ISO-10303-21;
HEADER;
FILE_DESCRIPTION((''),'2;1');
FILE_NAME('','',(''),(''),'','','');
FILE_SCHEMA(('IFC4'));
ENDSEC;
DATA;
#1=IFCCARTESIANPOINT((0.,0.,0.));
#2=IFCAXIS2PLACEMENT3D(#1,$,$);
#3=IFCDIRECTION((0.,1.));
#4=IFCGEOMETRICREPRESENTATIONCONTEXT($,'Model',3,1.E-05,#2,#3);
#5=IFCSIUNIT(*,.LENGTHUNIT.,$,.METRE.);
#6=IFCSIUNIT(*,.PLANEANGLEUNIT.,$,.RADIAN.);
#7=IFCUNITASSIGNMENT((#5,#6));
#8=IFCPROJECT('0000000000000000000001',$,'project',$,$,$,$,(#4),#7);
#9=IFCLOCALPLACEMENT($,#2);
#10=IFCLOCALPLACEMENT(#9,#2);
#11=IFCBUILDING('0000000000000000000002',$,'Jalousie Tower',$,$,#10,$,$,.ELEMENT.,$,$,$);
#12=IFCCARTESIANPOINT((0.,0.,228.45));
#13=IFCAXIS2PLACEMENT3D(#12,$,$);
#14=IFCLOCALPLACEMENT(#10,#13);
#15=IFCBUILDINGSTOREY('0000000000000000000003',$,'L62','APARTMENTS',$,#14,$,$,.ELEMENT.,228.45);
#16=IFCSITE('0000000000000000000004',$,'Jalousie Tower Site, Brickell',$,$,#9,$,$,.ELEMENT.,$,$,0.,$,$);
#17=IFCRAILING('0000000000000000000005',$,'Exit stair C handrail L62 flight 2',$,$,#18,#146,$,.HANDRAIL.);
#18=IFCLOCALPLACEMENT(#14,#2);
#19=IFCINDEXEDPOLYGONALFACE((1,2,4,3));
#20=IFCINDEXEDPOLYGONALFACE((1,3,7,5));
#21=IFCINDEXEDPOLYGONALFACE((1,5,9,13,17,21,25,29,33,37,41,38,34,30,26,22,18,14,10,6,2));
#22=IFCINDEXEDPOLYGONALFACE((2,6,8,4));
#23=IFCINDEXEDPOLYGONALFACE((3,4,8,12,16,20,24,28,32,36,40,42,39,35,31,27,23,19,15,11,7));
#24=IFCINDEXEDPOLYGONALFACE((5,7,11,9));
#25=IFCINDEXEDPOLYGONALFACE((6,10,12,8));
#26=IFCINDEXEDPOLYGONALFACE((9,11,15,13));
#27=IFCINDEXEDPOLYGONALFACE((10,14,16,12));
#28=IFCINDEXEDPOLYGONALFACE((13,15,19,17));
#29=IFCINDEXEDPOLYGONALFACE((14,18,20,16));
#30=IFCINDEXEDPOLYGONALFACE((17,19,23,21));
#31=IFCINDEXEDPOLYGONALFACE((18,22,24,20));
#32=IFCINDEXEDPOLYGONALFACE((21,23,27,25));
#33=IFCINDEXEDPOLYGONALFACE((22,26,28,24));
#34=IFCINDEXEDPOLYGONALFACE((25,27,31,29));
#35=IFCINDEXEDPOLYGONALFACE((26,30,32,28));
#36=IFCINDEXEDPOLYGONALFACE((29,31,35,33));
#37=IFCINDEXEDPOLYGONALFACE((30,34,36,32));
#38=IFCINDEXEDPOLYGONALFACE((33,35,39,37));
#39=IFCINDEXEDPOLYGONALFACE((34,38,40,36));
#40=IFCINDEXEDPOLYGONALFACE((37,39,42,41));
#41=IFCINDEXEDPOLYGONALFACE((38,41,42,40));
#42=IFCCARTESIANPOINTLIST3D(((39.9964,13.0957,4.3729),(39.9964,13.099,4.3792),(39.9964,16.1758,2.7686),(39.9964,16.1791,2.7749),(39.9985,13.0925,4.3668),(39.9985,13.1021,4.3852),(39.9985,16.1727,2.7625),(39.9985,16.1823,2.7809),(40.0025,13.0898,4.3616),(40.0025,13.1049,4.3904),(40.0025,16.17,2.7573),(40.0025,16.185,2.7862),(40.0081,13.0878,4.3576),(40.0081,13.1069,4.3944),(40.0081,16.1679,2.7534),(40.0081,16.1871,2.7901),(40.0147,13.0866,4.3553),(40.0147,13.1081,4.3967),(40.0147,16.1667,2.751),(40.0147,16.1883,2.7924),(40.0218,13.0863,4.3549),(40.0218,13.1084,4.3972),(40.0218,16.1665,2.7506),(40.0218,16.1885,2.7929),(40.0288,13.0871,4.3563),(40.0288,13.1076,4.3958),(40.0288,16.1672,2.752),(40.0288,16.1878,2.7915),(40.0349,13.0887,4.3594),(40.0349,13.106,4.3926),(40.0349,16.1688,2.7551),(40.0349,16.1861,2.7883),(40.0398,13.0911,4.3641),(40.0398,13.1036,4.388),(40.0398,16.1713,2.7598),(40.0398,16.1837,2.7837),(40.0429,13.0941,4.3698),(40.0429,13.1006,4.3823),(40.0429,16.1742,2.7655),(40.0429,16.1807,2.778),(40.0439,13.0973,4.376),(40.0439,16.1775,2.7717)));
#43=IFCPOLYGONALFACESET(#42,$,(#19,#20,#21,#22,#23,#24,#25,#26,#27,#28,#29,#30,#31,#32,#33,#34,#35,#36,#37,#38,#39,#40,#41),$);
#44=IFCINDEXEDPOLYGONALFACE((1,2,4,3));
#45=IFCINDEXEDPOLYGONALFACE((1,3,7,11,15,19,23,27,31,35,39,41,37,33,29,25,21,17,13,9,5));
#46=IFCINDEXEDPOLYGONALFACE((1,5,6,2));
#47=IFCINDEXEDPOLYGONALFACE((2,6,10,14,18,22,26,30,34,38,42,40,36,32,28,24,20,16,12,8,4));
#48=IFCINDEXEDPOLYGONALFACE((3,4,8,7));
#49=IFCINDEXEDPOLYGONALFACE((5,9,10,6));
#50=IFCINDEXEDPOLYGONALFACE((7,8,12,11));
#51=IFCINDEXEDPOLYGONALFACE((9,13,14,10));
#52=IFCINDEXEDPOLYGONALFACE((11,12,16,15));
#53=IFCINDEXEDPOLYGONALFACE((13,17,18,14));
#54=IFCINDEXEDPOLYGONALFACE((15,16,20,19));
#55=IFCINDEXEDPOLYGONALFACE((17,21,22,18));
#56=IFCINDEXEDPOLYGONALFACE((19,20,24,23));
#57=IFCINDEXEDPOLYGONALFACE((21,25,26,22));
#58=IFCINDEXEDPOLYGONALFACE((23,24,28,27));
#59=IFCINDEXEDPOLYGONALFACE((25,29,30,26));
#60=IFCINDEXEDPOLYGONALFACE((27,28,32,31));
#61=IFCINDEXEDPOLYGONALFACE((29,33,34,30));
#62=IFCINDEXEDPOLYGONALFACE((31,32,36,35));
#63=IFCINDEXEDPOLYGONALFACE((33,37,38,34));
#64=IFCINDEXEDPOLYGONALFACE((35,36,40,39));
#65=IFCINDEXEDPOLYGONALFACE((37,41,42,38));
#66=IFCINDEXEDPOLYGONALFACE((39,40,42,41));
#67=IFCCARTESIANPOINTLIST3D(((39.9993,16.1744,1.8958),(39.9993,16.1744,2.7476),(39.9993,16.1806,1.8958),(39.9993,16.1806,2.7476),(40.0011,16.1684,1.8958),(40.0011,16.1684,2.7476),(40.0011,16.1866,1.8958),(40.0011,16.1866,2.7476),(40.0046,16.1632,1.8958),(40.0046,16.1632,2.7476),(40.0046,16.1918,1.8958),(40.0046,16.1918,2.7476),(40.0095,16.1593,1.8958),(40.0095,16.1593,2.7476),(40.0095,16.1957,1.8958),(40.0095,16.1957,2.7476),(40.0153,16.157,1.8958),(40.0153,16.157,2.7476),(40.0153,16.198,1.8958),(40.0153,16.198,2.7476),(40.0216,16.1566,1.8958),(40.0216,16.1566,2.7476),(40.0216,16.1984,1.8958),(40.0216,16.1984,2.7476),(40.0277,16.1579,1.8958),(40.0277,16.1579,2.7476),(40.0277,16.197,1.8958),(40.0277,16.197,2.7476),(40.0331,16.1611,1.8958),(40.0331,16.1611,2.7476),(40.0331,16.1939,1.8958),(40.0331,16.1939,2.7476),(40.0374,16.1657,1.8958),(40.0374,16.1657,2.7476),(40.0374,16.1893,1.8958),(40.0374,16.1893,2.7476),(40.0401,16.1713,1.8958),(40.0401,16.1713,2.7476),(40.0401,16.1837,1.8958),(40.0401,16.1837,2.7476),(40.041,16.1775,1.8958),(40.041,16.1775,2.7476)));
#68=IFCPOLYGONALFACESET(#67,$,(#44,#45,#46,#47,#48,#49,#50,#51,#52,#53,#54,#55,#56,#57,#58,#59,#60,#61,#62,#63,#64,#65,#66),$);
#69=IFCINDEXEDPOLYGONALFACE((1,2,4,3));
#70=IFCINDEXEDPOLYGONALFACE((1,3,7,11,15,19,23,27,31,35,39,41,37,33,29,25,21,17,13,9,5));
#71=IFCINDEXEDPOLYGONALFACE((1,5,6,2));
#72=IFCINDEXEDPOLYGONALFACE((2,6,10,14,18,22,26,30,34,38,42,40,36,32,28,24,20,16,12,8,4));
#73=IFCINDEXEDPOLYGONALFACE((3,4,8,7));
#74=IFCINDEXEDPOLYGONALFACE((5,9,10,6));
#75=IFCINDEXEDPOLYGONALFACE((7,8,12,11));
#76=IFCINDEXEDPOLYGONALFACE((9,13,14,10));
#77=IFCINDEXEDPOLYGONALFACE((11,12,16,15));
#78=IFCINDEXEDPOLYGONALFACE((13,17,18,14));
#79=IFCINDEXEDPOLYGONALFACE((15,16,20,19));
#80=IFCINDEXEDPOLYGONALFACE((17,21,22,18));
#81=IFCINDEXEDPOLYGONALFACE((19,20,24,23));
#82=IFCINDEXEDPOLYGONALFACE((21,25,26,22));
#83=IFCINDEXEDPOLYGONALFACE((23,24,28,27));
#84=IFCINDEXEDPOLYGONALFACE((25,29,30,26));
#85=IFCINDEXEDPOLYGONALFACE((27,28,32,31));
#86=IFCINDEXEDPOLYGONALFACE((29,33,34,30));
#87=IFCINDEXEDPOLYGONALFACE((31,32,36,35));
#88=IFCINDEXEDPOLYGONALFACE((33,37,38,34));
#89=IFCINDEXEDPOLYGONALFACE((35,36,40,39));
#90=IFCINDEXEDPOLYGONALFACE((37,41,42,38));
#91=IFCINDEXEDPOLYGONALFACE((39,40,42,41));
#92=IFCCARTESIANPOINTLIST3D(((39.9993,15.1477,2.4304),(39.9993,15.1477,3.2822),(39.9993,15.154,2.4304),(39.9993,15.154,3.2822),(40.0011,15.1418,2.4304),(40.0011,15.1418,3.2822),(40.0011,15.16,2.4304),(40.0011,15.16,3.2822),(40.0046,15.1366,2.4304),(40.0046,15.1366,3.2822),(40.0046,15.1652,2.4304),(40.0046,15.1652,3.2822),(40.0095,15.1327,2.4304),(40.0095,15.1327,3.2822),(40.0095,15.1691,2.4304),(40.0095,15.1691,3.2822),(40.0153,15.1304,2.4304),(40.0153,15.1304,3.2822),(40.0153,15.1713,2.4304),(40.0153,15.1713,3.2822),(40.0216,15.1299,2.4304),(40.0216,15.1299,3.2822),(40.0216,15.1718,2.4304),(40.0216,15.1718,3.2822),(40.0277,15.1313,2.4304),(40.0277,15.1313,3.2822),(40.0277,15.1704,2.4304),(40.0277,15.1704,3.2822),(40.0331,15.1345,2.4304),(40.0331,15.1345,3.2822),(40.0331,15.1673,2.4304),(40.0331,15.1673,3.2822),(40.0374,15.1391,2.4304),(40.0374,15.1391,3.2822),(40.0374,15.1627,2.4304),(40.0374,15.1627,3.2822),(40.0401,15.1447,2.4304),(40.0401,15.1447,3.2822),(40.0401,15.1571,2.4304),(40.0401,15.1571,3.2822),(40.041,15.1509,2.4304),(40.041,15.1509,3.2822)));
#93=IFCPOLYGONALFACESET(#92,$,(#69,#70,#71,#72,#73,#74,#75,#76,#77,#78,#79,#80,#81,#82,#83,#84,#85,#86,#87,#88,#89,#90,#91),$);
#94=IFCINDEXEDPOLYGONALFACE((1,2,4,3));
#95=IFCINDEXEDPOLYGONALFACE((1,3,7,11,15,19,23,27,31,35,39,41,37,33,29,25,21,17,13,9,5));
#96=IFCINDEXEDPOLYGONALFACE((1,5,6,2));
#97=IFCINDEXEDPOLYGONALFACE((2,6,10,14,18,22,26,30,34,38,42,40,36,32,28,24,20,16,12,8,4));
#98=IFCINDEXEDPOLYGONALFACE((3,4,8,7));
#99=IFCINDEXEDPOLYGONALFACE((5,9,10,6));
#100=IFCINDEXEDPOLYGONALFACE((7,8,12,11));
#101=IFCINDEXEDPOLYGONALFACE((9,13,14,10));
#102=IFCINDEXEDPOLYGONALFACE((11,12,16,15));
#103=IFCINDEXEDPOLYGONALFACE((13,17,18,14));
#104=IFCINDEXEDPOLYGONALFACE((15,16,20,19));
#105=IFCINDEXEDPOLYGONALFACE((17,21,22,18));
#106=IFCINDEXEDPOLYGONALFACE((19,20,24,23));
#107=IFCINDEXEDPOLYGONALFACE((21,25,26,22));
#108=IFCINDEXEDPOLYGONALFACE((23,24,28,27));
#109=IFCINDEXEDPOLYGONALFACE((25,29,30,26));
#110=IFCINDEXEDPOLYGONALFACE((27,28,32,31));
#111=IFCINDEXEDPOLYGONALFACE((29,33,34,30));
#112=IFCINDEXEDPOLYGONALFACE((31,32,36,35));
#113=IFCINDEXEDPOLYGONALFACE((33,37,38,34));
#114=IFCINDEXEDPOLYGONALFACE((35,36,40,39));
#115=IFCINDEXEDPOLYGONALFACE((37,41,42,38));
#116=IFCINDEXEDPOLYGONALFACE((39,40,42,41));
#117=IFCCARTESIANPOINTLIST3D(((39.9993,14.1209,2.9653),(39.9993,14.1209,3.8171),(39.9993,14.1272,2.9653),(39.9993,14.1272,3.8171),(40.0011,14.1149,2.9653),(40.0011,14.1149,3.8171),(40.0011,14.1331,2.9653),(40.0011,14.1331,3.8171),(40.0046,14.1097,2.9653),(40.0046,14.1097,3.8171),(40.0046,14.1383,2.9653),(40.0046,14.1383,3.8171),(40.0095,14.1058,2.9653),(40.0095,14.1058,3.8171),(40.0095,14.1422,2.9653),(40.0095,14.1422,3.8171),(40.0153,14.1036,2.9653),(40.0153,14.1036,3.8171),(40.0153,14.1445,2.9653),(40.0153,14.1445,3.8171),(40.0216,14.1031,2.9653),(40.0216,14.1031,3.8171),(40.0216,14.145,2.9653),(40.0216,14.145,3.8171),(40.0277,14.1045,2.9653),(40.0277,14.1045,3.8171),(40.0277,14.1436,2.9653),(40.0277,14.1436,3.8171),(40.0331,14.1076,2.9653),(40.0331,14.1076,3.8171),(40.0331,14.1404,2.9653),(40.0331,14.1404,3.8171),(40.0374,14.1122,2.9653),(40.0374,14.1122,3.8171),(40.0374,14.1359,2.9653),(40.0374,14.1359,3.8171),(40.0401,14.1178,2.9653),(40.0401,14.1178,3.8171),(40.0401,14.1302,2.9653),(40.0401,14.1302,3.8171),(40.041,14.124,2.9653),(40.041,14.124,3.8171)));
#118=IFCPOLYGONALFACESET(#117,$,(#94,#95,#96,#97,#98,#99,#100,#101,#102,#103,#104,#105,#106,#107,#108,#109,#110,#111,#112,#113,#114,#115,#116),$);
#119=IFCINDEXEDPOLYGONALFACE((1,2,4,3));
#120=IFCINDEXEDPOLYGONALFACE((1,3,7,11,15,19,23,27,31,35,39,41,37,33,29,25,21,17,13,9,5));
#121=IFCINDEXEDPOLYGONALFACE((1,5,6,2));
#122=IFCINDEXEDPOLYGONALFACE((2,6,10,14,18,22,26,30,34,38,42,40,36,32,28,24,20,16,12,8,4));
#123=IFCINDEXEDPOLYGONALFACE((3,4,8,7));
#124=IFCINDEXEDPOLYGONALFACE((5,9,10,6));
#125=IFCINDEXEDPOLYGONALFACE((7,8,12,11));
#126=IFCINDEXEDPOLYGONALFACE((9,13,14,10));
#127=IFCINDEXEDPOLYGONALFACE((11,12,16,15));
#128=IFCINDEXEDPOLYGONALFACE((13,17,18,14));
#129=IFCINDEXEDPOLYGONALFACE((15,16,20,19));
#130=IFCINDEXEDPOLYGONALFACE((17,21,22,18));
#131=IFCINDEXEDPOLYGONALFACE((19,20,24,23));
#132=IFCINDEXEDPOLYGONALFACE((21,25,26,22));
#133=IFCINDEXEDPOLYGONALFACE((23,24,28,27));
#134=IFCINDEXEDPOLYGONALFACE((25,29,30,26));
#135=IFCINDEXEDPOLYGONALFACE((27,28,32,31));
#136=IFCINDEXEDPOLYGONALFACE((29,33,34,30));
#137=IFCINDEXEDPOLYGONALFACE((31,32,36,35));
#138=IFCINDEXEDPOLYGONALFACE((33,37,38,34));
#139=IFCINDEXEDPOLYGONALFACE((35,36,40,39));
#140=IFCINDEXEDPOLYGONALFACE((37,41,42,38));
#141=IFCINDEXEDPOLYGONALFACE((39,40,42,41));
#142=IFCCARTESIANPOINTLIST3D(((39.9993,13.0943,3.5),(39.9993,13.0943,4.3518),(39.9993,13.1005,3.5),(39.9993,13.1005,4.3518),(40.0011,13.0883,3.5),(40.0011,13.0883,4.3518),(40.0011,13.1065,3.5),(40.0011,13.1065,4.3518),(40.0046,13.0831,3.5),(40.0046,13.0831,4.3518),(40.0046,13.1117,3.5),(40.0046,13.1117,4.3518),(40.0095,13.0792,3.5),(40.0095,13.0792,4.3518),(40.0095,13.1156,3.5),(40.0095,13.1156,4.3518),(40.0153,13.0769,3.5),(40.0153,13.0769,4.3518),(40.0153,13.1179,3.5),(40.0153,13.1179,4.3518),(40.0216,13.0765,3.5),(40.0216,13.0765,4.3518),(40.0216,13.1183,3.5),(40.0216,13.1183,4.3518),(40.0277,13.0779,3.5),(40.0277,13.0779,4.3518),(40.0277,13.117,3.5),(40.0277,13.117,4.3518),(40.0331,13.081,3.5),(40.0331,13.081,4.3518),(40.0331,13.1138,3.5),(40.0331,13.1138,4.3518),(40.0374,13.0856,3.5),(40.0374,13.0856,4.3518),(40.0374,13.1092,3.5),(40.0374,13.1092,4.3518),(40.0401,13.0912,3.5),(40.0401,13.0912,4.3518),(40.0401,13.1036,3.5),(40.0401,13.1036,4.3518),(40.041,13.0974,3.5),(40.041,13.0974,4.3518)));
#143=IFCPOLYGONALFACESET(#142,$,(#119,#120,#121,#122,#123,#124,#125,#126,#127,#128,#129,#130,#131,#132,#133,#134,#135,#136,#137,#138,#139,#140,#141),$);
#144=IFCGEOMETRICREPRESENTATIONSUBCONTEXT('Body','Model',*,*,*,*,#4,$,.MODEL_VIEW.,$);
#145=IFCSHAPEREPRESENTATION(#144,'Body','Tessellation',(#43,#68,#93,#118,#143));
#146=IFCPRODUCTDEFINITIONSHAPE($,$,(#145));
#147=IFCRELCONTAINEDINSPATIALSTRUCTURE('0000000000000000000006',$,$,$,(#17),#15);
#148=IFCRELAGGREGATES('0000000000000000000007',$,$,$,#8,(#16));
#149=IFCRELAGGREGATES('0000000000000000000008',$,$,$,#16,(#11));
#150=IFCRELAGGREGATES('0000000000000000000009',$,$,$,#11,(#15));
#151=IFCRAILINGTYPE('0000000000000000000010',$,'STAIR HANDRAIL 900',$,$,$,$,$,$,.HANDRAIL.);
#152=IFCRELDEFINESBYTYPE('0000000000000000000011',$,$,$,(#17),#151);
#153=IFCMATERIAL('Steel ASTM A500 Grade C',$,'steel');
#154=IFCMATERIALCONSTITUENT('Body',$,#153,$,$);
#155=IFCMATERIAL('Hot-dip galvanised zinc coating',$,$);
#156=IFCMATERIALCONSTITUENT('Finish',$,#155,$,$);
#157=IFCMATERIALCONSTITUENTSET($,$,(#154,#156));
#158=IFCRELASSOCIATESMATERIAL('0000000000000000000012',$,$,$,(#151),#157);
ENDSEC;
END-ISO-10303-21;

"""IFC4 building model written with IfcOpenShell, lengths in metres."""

from ifc_helpers import new_model, si_unit, direction, frame, origin, origin_2d, place, context, subcontext, project, spatial, circle, extrude, material, constituent, constituent_set, type_object, element, save


model = new_model("IFC4")

# Units and contexts
model_context = context("Model", 3, precision=1e-05, world=origin(), true_north=direction((0.0, 1.0)))
body_context = subcontext(model_context, "Body", "Model", "MODEL_VIEW")
ifc_project = project(units=[si_unit("LENGTHUNIT", "METRE"), si_unit("PLANEANGLEUNIT", "RADIAN")], contexts=[model_context])

# Site, building, storey
site_placement = place(None, origin())
site = spatial("IfcSite", under=ifc_project, at=site_placement, Name="Jalousie Tower Site, Brickell", CompositionType="ELEMENT", RefElevation=0.0)
building_placement = place(site_placement, origin())
building = spatial("IfcBuilding", under=site, at=building_placement, Name="Jalousie Tower", CompositionType="ELEMENT")
storey_placement = place(building_placement, frame((0.0, 0.0, 228.45)))
storey = spatial("IfcBuildingStorey", under=building, at=storey_placement, Name="L62", Description="APARTMENTS", CompositionType="ELEMENT", Elevation=228.45)

# Railing
ifc_material_1 = material(Name="Steel ASTM A500 Grade C", Category="steel")
ifc_constituent_1 = constituent(ifc_material_1, Name="Body")
ifc_material_2 = material(Name="Hot-dip galvanised zinc coating")
ifc_constituent_2 = constituent(ifc_material_2, Name="Finish")
ifc_constituent_set_1 = constituent_set(constituents=[ifc_constituent_1, ifc_constituent_2])
railing_type_1 = type_object("IfcRailingType", Name="STAIR HANDRAIL 900", PredefinedType="HANDRAIL", material=ifc_constituent_set_1)
railing_1_placement = place(storey_placement, frame((40.02, 16.1775, 1.8958)))
element("IfcRailing", 1, at=railing_1_placement, inside=storey, type_object=railing_type_1, Name="Exit stair C handrail L62 flight 2", PredefinedType="HANDRAIL", context=body_context, shape_type="SweptSolid", body=[
    extrude(circle(Radius=0.0239, at=origin_2d()), frame((0.0, 0.0, 0.876), z_axis=(0.0, -0.886909, 0.461944), x_axis=(1.0, 0.0, 0.0)), (0.0, 0.0, 1.0), 3.4729),
    extrude(circle(Radius=0.021, at=origin_2d()), origin(), (0.0, 0.0, 1.0), 0.8518),
    extrude(circle(Radius=0.021, at=origin_2d()), frame((0.0, -1.0266, 0.5347)), (0.0, 0.0, 1.0), 0.8518),
    extrude(circle(Radius=0.021, at=origin_2d()), frame((0.0, -2.0535, 1.0696)), (0.0, 0.0, 1.0), 0.8518),
    extrude(circle(Radius=0.021, at=origin_2d()), frame((0.0, -3.0801, 1.6042)), (0.0, 0.0, 1.0), 0.8518),
])

save(model, "model.ifc")
